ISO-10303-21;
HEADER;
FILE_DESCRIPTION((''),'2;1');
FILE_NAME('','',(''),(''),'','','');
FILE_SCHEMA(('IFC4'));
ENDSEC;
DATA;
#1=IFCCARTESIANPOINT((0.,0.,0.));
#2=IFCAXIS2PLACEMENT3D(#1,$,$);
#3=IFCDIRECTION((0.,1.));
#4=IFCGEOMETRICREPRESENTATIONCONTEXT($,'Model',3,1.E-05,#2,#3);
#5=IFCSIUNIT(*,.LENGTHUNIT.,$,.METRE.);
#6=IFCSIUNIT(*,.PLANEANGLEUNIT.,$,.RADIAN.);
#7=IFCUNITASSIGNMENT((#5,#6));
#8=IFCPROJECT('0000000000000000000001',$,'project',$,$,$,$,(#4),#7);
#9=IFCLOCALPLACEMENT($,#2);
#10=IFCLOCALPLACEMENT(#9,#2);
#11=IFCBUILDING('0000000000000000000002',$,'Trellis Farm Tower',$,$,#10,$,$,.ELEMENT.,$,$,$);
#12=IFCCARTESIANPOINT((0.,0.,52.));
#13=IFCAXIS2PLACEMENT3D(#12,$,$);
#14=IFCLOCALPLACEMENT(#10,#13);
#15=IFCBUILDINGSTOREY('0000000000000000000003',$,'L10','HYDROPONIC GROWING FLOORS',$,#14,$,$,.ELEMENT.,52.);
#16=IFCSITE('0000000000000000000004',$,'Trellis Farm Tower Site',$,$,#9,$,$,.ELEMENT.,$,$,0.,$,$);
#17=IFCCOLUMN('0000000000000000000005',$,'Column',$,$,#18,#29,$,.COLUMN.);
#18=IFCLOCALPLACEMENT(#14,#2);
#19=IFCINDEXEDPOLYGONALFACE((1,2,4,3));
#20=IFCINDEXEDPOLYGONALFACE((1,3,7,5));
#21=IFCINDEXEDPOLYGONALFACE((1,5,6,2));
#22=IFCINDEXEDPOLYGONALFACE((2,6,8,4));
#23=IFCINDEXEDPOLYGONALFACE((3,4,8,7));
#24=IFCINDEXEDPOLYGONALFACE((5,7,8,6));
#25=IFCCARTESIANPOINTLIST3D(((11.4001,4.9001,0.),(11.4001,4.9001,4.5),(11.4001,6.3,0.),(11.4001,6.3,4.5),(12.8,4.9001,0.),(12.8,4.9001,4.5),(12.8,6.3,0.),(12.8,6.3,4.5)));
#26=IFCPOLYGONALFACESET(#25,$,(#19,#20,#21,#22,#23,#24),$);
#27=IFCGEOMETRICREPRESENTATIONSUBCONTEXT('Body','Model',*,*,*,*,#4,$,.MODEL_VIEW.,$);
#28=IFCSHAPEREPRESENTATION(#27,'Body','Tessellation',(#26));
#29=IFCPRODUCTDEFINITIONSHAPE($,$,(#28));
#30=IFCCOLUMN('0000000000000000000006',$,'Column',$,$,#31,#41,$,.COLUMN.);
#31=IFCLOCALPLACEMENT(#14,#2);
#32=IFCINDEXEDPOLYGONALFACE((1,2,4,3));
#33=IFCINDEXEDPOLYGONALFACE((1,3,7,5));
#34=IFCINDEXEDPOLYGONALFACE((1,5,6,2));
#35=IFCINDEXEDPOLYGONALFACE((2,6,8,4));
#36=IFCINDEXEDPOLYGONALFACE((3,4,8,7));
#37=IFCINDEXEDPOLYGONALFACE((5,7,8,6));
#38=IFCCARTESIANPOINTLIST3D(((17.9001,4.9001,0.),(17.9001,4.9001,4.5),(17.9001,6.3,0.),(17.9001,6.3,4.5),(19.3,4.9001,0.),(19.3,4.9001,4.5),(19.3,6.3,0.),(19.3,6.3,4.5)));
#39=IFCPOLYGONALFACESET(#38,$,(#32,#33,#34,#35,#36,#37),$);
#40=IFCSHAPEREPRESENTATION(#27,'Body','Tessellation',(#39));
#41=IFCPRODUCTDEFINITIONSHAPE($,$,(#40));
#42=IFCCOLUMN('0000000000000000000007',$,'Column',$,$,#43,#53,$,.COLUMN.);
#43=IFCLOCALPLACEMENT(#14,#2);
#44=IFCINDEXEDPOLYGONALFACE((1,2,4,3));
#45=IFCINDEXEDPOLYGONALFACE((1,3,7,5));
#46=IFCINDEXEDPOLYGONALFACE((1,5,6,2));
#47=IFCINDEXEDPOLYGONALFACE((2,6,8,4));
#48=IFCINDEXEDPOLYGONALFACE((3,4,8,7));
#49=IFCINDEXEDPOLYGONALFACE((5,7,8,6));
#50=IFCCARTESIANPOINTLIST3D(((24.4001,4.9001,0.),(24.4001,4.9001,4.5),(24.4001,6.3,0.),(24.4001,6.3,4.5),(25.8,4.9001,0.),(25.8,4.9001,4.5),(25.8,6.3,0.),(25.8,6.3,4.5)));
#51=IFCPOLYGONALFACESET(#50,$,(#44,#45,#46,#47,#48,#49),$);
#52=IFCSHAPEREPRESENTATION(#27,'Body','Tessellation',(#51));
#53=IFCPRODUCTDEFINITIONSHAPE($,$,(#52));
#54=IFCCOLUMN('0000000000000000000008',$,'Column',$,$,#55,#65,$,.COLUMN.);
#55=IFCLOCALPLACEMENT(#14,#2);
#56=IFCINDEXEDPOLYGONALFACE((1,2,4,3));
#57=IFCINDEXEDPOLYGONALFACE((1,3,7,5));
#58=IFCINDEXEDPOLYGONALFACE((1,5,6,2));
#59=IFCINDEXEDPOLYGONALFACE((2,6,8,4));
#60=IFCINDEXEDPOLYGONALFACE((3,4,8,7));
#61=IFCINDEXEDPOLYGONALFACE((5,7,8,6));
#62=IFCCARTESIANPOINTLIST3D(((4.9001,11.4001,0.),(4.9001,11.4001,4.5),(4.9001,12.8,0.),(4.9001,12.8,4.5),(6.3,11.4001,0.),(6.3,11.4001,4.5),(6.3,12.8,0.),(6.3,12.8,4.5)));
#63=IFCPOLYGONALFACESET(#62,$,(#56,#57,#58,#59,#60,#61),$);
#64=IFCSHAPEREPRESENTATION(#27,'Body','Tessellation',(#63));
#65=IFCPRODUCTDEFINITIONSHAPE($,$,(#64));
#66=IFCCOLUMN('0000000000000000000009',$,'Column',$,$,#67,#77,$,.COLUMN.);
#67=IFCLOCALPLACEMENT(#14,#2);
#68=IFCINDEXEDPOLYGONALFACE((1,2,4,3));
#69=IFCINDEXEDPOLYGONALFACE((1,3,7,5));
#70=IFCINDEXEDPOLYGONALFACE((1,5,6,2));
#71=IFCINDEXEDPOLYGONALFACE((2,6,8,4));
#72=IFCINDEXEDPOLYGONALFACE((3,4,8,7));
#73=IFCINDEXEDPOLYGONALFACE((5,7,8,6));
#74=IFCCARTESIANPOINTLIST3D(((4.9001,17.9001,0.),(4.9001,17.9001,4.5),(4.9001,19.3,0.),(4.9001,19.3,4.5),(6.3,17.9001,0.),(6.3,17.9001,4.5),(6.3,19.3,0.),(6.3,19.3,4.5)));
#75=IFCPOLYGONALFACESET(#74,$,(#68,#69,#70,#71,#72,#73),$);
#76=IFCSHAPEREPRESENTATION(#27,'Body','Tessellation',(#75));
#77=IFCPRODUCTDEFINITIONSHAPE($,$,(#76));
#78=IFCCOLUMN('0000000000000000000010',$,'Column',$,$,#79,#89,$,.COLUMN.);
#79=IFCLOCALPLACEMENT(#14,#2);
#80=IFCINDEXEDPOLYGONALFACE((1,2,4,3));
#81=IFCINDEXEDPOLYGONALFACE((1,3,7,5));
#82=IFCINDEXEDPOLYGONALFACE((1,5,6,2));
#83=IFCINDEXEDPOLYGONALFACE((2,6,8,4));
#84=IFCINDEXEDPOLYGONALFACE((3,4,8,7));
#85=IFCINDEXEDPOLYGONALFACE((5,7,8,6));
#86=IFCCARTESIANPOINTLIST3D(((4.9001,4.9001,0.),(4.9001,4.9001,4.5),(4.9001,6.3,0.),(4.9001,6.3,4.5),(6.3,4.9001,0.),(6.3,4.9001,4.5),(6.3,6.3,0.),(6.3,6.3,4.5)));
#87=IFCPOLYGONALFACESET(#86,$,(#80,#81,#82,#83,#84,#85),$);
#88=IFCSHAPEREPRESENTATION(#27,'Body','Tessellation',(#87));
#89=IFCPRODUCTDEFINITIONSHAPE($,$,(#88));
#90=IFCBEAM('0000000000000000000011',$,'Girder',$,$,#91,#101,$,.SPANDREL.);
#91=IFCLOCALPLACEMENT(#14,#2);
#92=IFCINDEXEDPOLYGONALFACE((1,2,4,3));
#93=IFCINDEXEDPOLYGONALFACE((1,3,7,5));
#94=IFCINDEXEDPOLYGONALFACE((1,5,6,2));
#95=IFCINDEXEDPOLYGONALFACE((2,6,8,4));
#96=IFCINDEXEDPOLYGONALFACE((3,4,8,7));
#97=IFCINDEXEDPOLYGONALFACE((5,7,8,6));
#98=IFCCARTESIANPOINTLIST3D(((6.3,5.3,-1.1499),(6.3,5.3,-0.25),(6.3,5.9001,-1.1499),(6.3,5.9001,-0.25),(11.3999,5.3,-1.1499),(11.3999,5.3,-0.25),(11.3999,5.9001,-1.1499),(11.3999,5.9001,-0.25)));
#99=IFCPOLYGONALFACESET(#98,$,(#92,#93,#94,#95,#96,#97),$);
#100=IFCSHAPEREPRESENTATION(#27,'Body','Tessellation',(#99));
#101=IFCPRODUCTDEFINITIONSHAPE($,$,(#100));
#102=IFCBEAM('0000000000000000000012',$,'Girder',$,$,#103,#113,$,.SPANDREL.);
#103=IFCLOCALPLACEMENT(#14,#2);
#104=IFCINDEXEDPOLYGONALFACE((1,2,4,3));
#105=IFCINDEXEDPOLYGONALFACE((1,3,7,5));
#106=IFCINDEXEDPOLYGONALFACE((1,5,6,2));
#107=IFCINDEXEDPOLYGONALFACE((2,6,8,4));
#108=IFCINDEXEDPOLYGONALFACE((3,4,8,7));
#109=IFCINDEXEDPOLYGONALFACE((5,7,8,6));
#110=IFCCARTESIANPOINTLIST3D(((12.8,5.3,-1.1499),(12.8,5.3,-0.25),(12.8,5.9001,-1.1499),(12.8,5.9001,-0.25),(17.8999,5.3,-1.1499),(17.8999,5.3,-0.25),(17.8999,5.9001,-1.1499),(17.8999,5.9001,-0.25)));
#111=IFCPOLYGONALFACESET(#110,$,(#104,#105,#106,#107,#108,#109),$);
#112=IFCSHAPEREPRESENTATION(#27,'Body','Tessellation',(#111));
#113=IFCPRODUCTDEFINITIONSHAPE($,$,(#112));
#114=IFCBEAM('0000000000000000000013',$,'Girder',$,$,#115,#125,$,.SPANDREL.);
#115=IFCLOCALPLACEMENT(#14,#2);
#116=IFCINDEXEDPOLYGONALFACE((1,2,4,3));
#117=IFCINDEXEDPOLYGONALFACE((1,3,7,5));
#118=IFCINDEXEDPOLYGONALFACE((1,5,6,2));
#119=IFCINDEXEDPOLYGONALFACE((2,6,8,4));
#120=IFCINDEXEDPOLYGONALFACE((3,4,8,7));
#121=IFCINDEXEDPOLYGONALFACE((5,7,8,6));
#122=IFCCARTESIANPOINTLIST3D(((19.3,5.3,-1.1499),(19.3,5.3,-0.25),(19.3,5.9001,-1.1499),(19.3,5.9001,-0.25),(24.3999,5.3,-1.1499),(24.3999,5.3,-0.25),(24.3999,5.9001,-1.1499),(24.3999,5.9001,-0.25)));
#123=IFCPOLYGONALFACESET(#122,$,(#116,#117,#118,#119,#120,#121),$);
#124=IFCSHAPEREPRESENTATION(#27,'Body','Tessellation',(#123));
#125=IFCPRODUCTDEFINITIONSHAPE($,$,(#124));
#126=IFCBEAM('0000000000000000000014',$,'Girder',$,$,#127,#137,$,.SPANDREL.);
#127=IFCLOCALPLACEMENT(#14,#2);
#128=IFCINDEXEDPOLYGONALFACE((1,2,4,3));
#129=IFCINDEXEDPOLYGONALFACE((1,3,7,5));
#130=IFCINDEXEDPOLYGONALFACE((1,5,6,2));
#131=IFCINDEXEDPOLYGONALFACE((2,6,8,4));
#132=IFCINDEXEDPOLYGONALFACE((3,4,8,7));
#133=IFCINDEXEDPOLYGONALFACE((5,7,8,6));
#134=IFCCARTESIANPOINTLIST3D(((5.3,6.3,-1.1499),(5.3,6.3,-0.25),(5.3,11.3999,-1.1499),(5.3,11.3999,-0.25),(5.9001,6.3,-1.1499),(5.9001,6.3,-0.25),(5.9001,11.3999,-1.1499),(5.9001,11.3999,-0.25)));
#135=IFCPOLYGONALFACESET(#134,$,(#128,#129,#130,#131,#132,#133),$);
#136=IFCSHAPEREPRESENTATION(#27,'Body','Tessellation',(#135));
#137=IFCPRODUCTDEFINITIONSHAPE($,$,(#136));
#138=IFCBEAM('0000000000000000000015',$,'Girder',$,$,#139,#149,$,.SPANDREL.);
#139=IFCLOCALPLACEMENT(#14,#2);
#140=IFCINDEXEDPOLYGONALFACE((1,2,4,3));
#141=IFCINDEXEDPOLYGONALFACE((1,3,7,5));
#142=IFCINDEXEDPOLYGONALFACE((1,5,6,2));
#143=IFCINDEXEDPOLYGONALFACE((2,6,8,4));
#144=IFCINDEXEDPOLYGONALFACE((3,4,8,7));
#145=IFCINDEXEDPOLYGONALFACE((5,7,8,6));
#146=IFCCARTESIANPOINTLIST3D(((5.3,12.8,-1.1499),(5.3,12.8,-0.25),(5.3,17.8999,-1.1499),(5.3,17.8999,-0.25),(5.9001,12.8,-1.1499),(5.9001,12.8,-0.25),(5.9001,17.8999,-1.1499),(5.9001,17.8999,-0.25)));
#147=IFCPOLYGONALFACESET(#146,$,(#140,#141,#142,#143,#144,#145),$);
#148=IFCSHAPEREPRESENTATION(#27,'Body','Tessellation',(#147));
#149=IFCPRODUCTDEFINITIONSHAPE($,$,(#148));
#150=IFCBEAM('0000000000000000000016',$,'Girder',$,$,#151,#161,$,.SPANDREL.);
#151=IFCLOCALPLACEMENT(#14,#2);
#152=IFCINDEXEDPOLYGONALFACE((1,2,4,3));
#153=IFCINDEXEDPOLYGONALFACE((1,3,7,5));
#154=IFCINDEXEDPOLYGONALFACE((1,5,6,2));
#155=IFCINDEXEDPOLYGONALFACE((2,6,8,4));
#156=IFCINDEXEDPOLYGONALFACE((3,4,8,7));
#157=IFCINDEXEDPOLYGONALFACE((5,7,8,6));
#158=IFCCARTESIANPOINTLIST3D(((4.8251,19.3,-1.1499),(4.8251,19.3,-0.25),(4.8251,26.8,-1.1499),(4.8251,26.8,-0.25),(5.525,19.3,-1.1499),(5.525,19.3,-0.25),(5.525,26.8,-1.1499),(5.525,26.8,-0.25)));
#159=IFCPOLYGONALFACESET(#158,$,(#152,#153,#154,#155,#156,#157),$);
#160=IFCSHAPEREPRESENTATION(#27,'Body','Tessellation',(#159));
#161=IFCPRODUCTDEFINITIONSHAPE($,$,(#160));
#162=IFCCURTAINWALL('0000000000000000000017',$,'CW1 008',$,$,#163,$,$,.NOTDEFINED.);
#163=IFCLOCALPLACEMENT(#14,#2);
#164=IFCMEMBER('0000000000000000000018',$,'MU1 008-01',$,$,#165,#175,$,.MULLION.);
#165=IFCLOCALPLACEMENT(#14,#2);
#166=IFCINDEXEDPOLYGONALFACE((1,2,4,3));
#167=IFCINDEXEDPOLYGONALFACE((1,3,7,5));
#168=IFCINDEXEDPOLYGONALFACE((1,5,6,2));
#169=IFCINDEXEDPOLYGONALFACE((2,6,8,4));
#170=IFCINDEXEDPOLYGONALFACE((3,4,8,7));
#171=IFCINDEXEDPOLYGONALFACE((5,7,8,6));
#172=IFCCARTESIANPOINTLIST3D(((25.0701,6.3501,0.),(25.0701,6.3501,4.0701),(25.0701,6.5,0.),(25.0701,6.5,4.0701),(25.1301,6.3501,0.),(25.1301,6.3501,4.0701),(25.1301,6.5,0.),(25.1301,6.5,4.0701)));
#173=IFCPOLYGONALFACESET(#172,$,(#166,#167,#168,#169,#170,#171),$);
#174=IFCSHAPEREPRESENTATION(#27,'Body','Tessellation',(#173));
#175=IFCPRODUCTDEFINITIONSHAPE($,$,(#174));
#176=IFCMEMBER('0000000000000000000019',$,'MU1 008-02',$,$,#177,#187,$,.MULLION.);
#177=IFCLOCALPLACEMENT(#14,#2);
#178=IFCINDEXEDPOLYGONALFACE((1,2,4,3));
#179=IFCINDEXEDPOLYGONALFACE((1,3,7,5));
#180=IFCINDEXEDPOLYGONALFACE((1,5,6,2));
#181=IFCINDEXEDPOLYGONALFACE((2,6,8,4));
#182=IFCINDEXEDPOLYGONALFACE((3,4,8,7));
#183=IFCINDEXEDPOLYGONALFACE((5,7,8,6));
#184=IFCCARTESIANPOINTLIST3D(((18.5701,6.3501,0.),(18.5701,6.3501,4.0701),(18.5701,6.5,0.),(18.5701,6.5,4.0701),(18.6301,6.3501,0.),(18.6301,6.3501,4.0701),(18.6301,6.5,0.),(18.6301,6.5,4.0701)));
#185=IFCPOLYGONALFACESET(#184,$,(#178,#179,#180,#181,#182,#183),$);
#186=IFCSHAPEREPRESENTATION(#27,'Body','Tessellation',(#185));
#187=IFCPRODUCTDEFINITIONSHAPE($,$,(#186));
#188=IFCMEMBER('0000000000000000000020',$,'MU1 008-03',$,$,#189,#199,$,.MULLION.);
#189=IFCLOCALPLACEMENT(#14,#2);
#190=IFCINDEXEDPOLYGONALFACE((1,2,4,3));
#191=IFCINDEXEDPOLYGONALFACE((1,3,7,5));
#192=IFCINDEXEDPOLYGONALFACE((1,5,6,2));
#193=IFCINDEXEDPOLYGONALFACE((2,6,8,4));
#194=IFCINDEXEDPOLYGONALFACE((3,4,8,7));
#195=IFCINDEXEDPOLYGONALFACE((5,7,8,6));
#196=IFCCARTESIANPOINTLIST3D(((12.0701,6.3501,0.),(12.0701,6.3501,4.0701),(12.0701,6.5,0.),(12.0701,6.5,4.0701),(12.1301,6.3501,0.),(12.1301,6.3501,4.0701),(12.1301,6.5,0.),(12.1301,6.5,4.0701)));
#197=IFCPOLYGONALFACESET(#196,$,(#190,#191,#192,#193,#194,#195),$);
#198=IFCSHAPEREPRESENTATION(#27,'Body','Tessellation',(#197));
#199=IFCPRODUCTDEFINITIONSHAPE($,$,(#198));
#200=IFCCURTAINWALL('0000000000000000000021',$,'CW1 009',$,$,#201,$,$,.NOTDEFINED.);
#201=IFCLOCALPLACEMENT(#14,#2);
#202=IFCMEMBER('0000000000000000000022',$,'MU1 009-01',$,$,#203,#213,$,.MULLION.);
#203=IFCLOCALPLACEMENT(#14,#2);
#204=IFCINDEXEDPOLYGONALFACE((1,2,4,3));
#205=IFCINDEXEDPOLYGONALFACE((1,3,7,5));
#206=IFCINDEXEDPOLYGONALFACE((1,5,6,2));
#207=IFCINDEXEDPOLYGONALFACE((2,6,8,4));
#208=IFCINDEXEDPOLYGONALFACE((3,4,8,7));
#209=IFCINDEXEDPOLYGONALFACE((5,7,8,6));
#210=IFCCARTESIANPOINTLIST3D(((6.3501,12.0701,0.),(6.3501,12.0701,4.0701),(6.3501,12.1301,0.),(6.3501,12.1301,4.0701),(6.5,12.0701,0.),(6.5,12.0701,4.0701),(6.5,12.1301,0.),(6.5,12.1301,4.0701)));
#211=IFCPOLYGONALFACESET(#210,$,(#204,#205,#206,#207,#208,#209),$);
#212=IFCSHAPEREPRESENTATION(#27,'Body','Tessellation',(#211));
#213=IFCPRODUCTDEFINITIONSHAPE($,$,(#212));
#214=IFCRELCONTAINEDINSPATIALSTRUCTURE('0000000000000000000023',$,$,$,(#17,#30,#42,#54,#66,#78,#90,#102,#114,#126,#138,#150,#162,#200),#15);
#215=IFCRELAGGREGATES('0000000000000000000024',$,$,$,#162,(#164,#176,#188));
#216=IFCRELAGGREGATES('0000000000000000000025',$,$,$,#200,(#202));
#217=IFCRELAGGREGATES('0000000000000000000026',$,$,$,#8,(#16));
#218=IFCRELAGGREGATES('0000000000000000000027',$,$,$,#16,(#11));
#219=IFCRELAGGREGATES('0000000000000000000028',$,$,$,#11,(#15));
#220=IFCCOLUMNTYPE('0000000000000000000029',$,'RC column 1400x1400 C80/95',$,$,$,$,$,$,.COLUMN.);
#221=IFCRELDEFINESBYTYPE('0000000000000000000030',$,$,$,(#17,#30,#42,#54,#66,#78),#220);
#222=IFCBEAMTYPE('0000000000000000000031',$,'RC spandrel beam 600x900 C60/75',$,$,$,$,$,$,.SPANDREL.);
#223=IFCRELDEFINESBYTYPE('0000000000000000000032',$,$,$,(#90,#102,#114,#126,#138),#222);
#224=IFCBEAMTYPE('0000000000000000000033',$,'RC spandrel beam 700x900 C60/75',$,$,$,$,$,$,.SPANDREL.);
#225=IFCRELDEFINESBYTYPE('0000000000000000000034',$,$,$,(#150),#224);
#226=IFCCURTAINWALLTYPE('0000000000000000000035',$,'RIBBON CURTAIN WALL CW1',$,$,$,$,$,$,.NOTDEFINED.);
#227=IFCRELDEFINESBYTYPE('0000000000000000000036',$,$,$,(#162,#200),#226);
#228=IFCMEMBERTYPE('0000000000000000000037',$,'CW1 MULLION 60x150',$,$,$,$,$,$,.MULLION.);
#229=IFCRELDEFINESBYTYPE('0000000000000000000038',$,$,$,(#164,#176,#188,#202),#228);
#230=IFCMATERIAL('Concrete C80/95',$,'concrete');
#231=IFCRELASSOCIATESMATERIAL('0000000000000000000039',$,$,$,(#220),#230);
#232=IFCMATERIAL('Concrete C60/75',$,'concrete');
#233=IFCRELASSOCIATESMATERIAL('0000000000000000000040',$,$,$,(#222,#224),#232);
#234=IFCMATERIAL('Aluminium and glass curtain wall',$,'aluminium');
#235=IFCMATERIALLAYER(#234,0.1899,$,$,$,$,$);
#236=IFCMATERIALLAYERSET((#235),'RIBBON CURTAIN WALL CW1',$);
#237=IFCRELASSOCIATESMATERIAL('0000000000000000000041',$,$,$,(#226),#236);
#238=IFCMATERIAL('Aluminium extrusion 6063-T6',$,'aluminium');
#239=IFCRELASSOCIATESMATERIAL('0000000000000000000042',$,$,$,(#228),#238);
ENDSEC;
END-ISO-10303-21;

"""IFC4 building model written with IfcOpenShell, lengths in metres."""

from ifc_helpers import new_model, si_unit, direction, frame, origin, origin_2d, place, context, subcontext, project, spatial, rectangle, extrude, source, transform, mapped, material, layer, layer_set, material_profile, profile_set, type_object, element, aggregate, save


model = new_model("IFC4")

# Units and contexts
model_context = context("Model", 3, precision=1e-05, world=origin(), true_north=direction((0.0, 1.0)))
body_context = subcontext(model_context, "Body", "Model", "MODEL_VIEW")
ifc_project = project(units=[si_unit("LENGTHUNIT", "METRE"), si_unit("PLANEANGLEUNIT", "RADIAN")], contexts=[model_context])

# Site, building, storey
site_placement = place(None, origin())
site = spatial("IfcSite", under=ifc_project, at=site_placement, Name="Trellis Farm Tower Site", CompositionType="ELEMENT", RefElevation=0.0)
building_placement = place(site_placement, origin())
building = spatial("IfcBuilding", under=site, at=building_placement, Name="Trellis Farm Tower", CompositionType="ELEMENT")
storey_placement = place(building_placement, frame((0.0, 0.0, 52.0)))
storey = spatial("IfcBuildingStorey", under=building, at=storey_placement, Name="L10", Description="HYDROPONIC GROWING FLOORS", CompositionType="ELEMENT", Elevation=52.0)

# Columns
ifc_material_1 = material(Name="Concrete C80/95", Category="concrete")
ifc_material_profile_1 = material_profile(ifc_material_1, rectangle(XDim=1.3999, YDim=1.3999, at=origin_2d()), Name="RC column 1400x1400 C80/95")
ifc_profile_set_1 = profile_set([ifc_material_profile_1], Name="Concrete C80/95")
column_type = type_object("IfcColumnType", Name="RC column 1400x1400 C80/95", PredefinedType="COLUMN", material=ifc_profile_set_1)
shared_shape_1 = source(origin(), body_context, "Body", "SweptSolid", [
    extrude(rectangle(XDim=1.3999, YDim=1.3999, at=origin_2d()), origin(), (0.0, 0.0, 1.0), 4.5),
])
for number, where, z_axis, x_axis, name in (
    (1, (12.1001, 5.6001, 0.0), (0.0, 0.0, 1.0), (1.0, 0.0, 0.0), "Column"),
    (2, (18.6001, 5.6001, 0.0), (0.0, 0.0, 1.0), (1.0, 0.0, 0.0), "Column"),
    (3, (25.1001, 5.6001, 0.0), (0.0, 0.0, 1.0), (1.0, 0.0, 0.0), "Column"),
    (4, (5.6001, 12.1001, 0.0), (0.0, 0.0, 1.0), (1.0, 0.0, 0.0), "Column"),
    (5, (5.6001, 18.6001, 0.0), (0.0, 0.0, 1.0), (1.0, 0.0, 0.0), "Column"),
    (6, (5.6001, 5.6001, 0.0), (0.0, 0.0, 1.0), (1.0, 0.0, 0.0), "Column"),
):
    element("IfcColumn", number, at=place(storey_placement, frame(where, z_axis=z_axis, x_axis=x_axis)), inside=storey, type_object=column_type, Name=name, PredefinedType="COLUMN", context=body_context, shape_type="MappedRepresentation", body=[
        mapped(shared_shape_1, transform((0.0, 0.0, 0.0))),
    ])

# Beams
ifc_material_2 = material(Name="Concrete C60/75", Category="concrete")
ifc_material_profile_2 = material_profile(ifc_material_2, rectangle(XDim=0.6001, YDim=0.8999, at=origin_2d()), Name="RC spandrel beam 600x900 C60/75")
ifc_profile_set_2 = profile_set([ifc_material_profile_2], Name="Concrete C60/75")
beam_type_1 = type_object("IfcBeamType", Name="RC spandrel beam 600x900 C60/75", PredefinedType="SPANDREL", material=ifc_profile_set_2)
shared_shape_2 = source(origin(), body_context, "Body", "SweptSolid", [
    extrude(rectangle(XDim=0.6001, YDim=0.8999, at=origin_2d()), origin(), (0.0, 0.0, 1.0), 5.0999),
])
for number, where, z_axis, x_axis, name in (
    (7, (6.3, 5.6001, -0.7), (1.0, 0.0, 0.0), (0.0, 1.0, 0.0), "Girder"),
    (8, (12.8, 5.6001, -0.7), (1.0, 0.0, 0.0), (0.0, 1.0, 0.0), "Girder"),
    (9, (19.3, 5.6001, -0.7), (1.0, 0.0, 0.0), (0.0, 1.0, 0.0), "Girder"),
    (10, (5.6001, 6.3, -0.7), (0.0, 1.0, 0.0), (-1.0, 0.0, 0.0), "Girder"),
    (11, (5.6001, 12.8, -0.7), (0.0, 1.0, 0.0), (-1.0, 0.0, 0.0), "Girder"),
):
    element("IfcBeam", number, at=place(storey_placement, frame(where, z_axis=z_axis, x_axis=x_axis)), inside=storey, type_object=beam_type_1, Name=name, PredefinedType="SPANDREL", context=body_context, shape_type="MappedRepresentation", body=[
        mapped(shared_shape_2, transform((0.0, 0.0, 0.0))),
    ])
ifc_material_profile_3 = material_profile(ifc_material_2, rectangle(XDim=0.7, YDim=0.8999, at=origin_2d()), Name="RC spandrel beam 700x900 C60/75")
ifc_profile_set_3 = profile_set([ifc_material_profile_3], Name="Concrete C60/75")
beam_type_2 = type_object("IfcBeamType", Name="RC spandrel beam 700x900 C60/75", PredefinedType="SPANDREL", material=ifc_profile_set_3)
shared_shape_3 = source(origin(), body_context, "Body", "SweptSolid", [
    extrude(rectangle(XDim=0.7, YDim=0.8999, at=origin_2d()), origin(), (0.0, 0.0, 1.0), 7.5),
])
beam_placement = place(storey_placement, frame((5.175, 19.3, -0.7), z_axis=(0.0, 1.0, 0.0), x_axis=(-1.0, 0.0, 0.0)))
element("IfcBeam", 12, at=beam_placement, inside=storey, type_object=beam_type_2, Name="Girder", PredefinedType="SPANDREL", context=body_context, shape_type="MappedRepresentation", body=[
    mapped(shared_shape_3, transform((0.0, 0.0, 0.0))),
])

# Curtain walls, members
ifc_material_3 = material(Name="Aluminium and glass curtain wall", Category="aluminium")
ifc_layer_1 = layer(ifc_material_3, 0.1899)
ifc_layer_set_1 = layer_set([ifc_layer_1], Name="RIBBON CURTAIN WALL CW1")
curtain_wall_type_1 = type_object("IfcCurtainWallType", Name="RIBBON CURTAIN WALL CW1", PredefinedType="NOTDEFINED", material=ifc_layer_set_1)
placement = place(storey_placement, origin())
curtain_wall_1 = element("IfcCurtainWall", 13, at=placement, inside=storey, type_object=curtain_wall_type_1, Name="CW1 008", PredefinedType="NOTDEFINED")
ifc_material_4 = material(Name="Aluminium extrusion 6063-T6", Category="aluminium")
ifc_material_profile_4 = material_profile(ifc_material_4, rectangle(XDim=0.0601, YDim=0.1499, at=origin_2d()), Name="MULLION 60x150")
ifc_profile_set_4 = profile_set([ifc_material_profile_4], Name="Aluminium extrusion 6063-T6")
member_type_1 = type_object("IfcMemberType", Name="CW1 MULLION 60x150", PredefinedType="MULLION", material=ifc_profile_set_4)
shared_shape_4 = source(origin(), body_context, "Body", "SweptSolid", [
    extrude(rectangle(XDim=0.0601, YDim=0.1499, at=origin_2d()), origin(), (0.0, 0.0, 1.0), 4.0701),
])
member_1_placement = place(storey_placement, frame((25.1001, 6.425, 0.0), z_axis=(0.0, 0.0, 1.0), x_axis=(-1.0, 0.0, 0.0)))
member_1 = element("IfcMember", 14, at=member_1_placement, type_object=member_type_1, Name="MU1 008-01", PredefinedType="MULLION", context=body_context, shape_type="MappedRepresentation", body=[
    mapped(shared_shape_4, transform((0.0, 0.0, 0.0))),
])
member_2_placement = place(storey_placement, frame((18.6001, 6.425, 0.0), z_axis=(0.0, 0.0, 1.0), x_axis=(-1.0, 0.0, 0.0)))
member_2 = element("IfcMember", 15, at=member_2_placement, type_object=member_type_1, Name="MU1 008-02", PredefinedType="MULLION", context=body_context, shape_type="MappedRepresentation", body=[
    mapped(shared_shape_4, transform((0.0, 0.0, 0.0))),
])
member_3_placement = place(storey_placement, frame((12.1001, 6.425, 0.0), z_axis=(0.0, 0.0, 1.0), x_axis=(-1.0, 0.0, 0.0)))
member_3 = element("IfcMember", 16, at=member_3_placement, type_object=member_type_1, Name="MU1 008-03", PredefinedType="MULLION", context=body_context, shape_type="MappedRepresentation", body=[
    mapped(shared_shape_4, transform((0.0, 0.0, 0.0))),
])
aggregate(curtain_wall_1, [member_1, member_2, member_3])
curtain_wall_2 = element("IfcCurtainWall", 17, at=placement, inside=storey, type_object=curtain_wall_type_1, Name="CW1 009", PredefinedType="NOTDEFINED")
member_4_placement = place(storey_placement, frame((6.425, 12.1001, 0.0), z_axis=(0.0, 0.0, 1.0), x_axis=(0.0, 1.0, 0.0)))
member_4 = element("IfcMember", 18, at=member_4_placement, type_object=member_type_1, Name="MU1 009-01", PredefinedType="MULLION", context=body_context, shape_type="MappedRepresentation", body=[
    mapped(shared_shape_4, transform((0.0, 0.0, 0.0))),
])
aggregate(curtain_wall_2, [member_4])

save(model, "model.ifc")
